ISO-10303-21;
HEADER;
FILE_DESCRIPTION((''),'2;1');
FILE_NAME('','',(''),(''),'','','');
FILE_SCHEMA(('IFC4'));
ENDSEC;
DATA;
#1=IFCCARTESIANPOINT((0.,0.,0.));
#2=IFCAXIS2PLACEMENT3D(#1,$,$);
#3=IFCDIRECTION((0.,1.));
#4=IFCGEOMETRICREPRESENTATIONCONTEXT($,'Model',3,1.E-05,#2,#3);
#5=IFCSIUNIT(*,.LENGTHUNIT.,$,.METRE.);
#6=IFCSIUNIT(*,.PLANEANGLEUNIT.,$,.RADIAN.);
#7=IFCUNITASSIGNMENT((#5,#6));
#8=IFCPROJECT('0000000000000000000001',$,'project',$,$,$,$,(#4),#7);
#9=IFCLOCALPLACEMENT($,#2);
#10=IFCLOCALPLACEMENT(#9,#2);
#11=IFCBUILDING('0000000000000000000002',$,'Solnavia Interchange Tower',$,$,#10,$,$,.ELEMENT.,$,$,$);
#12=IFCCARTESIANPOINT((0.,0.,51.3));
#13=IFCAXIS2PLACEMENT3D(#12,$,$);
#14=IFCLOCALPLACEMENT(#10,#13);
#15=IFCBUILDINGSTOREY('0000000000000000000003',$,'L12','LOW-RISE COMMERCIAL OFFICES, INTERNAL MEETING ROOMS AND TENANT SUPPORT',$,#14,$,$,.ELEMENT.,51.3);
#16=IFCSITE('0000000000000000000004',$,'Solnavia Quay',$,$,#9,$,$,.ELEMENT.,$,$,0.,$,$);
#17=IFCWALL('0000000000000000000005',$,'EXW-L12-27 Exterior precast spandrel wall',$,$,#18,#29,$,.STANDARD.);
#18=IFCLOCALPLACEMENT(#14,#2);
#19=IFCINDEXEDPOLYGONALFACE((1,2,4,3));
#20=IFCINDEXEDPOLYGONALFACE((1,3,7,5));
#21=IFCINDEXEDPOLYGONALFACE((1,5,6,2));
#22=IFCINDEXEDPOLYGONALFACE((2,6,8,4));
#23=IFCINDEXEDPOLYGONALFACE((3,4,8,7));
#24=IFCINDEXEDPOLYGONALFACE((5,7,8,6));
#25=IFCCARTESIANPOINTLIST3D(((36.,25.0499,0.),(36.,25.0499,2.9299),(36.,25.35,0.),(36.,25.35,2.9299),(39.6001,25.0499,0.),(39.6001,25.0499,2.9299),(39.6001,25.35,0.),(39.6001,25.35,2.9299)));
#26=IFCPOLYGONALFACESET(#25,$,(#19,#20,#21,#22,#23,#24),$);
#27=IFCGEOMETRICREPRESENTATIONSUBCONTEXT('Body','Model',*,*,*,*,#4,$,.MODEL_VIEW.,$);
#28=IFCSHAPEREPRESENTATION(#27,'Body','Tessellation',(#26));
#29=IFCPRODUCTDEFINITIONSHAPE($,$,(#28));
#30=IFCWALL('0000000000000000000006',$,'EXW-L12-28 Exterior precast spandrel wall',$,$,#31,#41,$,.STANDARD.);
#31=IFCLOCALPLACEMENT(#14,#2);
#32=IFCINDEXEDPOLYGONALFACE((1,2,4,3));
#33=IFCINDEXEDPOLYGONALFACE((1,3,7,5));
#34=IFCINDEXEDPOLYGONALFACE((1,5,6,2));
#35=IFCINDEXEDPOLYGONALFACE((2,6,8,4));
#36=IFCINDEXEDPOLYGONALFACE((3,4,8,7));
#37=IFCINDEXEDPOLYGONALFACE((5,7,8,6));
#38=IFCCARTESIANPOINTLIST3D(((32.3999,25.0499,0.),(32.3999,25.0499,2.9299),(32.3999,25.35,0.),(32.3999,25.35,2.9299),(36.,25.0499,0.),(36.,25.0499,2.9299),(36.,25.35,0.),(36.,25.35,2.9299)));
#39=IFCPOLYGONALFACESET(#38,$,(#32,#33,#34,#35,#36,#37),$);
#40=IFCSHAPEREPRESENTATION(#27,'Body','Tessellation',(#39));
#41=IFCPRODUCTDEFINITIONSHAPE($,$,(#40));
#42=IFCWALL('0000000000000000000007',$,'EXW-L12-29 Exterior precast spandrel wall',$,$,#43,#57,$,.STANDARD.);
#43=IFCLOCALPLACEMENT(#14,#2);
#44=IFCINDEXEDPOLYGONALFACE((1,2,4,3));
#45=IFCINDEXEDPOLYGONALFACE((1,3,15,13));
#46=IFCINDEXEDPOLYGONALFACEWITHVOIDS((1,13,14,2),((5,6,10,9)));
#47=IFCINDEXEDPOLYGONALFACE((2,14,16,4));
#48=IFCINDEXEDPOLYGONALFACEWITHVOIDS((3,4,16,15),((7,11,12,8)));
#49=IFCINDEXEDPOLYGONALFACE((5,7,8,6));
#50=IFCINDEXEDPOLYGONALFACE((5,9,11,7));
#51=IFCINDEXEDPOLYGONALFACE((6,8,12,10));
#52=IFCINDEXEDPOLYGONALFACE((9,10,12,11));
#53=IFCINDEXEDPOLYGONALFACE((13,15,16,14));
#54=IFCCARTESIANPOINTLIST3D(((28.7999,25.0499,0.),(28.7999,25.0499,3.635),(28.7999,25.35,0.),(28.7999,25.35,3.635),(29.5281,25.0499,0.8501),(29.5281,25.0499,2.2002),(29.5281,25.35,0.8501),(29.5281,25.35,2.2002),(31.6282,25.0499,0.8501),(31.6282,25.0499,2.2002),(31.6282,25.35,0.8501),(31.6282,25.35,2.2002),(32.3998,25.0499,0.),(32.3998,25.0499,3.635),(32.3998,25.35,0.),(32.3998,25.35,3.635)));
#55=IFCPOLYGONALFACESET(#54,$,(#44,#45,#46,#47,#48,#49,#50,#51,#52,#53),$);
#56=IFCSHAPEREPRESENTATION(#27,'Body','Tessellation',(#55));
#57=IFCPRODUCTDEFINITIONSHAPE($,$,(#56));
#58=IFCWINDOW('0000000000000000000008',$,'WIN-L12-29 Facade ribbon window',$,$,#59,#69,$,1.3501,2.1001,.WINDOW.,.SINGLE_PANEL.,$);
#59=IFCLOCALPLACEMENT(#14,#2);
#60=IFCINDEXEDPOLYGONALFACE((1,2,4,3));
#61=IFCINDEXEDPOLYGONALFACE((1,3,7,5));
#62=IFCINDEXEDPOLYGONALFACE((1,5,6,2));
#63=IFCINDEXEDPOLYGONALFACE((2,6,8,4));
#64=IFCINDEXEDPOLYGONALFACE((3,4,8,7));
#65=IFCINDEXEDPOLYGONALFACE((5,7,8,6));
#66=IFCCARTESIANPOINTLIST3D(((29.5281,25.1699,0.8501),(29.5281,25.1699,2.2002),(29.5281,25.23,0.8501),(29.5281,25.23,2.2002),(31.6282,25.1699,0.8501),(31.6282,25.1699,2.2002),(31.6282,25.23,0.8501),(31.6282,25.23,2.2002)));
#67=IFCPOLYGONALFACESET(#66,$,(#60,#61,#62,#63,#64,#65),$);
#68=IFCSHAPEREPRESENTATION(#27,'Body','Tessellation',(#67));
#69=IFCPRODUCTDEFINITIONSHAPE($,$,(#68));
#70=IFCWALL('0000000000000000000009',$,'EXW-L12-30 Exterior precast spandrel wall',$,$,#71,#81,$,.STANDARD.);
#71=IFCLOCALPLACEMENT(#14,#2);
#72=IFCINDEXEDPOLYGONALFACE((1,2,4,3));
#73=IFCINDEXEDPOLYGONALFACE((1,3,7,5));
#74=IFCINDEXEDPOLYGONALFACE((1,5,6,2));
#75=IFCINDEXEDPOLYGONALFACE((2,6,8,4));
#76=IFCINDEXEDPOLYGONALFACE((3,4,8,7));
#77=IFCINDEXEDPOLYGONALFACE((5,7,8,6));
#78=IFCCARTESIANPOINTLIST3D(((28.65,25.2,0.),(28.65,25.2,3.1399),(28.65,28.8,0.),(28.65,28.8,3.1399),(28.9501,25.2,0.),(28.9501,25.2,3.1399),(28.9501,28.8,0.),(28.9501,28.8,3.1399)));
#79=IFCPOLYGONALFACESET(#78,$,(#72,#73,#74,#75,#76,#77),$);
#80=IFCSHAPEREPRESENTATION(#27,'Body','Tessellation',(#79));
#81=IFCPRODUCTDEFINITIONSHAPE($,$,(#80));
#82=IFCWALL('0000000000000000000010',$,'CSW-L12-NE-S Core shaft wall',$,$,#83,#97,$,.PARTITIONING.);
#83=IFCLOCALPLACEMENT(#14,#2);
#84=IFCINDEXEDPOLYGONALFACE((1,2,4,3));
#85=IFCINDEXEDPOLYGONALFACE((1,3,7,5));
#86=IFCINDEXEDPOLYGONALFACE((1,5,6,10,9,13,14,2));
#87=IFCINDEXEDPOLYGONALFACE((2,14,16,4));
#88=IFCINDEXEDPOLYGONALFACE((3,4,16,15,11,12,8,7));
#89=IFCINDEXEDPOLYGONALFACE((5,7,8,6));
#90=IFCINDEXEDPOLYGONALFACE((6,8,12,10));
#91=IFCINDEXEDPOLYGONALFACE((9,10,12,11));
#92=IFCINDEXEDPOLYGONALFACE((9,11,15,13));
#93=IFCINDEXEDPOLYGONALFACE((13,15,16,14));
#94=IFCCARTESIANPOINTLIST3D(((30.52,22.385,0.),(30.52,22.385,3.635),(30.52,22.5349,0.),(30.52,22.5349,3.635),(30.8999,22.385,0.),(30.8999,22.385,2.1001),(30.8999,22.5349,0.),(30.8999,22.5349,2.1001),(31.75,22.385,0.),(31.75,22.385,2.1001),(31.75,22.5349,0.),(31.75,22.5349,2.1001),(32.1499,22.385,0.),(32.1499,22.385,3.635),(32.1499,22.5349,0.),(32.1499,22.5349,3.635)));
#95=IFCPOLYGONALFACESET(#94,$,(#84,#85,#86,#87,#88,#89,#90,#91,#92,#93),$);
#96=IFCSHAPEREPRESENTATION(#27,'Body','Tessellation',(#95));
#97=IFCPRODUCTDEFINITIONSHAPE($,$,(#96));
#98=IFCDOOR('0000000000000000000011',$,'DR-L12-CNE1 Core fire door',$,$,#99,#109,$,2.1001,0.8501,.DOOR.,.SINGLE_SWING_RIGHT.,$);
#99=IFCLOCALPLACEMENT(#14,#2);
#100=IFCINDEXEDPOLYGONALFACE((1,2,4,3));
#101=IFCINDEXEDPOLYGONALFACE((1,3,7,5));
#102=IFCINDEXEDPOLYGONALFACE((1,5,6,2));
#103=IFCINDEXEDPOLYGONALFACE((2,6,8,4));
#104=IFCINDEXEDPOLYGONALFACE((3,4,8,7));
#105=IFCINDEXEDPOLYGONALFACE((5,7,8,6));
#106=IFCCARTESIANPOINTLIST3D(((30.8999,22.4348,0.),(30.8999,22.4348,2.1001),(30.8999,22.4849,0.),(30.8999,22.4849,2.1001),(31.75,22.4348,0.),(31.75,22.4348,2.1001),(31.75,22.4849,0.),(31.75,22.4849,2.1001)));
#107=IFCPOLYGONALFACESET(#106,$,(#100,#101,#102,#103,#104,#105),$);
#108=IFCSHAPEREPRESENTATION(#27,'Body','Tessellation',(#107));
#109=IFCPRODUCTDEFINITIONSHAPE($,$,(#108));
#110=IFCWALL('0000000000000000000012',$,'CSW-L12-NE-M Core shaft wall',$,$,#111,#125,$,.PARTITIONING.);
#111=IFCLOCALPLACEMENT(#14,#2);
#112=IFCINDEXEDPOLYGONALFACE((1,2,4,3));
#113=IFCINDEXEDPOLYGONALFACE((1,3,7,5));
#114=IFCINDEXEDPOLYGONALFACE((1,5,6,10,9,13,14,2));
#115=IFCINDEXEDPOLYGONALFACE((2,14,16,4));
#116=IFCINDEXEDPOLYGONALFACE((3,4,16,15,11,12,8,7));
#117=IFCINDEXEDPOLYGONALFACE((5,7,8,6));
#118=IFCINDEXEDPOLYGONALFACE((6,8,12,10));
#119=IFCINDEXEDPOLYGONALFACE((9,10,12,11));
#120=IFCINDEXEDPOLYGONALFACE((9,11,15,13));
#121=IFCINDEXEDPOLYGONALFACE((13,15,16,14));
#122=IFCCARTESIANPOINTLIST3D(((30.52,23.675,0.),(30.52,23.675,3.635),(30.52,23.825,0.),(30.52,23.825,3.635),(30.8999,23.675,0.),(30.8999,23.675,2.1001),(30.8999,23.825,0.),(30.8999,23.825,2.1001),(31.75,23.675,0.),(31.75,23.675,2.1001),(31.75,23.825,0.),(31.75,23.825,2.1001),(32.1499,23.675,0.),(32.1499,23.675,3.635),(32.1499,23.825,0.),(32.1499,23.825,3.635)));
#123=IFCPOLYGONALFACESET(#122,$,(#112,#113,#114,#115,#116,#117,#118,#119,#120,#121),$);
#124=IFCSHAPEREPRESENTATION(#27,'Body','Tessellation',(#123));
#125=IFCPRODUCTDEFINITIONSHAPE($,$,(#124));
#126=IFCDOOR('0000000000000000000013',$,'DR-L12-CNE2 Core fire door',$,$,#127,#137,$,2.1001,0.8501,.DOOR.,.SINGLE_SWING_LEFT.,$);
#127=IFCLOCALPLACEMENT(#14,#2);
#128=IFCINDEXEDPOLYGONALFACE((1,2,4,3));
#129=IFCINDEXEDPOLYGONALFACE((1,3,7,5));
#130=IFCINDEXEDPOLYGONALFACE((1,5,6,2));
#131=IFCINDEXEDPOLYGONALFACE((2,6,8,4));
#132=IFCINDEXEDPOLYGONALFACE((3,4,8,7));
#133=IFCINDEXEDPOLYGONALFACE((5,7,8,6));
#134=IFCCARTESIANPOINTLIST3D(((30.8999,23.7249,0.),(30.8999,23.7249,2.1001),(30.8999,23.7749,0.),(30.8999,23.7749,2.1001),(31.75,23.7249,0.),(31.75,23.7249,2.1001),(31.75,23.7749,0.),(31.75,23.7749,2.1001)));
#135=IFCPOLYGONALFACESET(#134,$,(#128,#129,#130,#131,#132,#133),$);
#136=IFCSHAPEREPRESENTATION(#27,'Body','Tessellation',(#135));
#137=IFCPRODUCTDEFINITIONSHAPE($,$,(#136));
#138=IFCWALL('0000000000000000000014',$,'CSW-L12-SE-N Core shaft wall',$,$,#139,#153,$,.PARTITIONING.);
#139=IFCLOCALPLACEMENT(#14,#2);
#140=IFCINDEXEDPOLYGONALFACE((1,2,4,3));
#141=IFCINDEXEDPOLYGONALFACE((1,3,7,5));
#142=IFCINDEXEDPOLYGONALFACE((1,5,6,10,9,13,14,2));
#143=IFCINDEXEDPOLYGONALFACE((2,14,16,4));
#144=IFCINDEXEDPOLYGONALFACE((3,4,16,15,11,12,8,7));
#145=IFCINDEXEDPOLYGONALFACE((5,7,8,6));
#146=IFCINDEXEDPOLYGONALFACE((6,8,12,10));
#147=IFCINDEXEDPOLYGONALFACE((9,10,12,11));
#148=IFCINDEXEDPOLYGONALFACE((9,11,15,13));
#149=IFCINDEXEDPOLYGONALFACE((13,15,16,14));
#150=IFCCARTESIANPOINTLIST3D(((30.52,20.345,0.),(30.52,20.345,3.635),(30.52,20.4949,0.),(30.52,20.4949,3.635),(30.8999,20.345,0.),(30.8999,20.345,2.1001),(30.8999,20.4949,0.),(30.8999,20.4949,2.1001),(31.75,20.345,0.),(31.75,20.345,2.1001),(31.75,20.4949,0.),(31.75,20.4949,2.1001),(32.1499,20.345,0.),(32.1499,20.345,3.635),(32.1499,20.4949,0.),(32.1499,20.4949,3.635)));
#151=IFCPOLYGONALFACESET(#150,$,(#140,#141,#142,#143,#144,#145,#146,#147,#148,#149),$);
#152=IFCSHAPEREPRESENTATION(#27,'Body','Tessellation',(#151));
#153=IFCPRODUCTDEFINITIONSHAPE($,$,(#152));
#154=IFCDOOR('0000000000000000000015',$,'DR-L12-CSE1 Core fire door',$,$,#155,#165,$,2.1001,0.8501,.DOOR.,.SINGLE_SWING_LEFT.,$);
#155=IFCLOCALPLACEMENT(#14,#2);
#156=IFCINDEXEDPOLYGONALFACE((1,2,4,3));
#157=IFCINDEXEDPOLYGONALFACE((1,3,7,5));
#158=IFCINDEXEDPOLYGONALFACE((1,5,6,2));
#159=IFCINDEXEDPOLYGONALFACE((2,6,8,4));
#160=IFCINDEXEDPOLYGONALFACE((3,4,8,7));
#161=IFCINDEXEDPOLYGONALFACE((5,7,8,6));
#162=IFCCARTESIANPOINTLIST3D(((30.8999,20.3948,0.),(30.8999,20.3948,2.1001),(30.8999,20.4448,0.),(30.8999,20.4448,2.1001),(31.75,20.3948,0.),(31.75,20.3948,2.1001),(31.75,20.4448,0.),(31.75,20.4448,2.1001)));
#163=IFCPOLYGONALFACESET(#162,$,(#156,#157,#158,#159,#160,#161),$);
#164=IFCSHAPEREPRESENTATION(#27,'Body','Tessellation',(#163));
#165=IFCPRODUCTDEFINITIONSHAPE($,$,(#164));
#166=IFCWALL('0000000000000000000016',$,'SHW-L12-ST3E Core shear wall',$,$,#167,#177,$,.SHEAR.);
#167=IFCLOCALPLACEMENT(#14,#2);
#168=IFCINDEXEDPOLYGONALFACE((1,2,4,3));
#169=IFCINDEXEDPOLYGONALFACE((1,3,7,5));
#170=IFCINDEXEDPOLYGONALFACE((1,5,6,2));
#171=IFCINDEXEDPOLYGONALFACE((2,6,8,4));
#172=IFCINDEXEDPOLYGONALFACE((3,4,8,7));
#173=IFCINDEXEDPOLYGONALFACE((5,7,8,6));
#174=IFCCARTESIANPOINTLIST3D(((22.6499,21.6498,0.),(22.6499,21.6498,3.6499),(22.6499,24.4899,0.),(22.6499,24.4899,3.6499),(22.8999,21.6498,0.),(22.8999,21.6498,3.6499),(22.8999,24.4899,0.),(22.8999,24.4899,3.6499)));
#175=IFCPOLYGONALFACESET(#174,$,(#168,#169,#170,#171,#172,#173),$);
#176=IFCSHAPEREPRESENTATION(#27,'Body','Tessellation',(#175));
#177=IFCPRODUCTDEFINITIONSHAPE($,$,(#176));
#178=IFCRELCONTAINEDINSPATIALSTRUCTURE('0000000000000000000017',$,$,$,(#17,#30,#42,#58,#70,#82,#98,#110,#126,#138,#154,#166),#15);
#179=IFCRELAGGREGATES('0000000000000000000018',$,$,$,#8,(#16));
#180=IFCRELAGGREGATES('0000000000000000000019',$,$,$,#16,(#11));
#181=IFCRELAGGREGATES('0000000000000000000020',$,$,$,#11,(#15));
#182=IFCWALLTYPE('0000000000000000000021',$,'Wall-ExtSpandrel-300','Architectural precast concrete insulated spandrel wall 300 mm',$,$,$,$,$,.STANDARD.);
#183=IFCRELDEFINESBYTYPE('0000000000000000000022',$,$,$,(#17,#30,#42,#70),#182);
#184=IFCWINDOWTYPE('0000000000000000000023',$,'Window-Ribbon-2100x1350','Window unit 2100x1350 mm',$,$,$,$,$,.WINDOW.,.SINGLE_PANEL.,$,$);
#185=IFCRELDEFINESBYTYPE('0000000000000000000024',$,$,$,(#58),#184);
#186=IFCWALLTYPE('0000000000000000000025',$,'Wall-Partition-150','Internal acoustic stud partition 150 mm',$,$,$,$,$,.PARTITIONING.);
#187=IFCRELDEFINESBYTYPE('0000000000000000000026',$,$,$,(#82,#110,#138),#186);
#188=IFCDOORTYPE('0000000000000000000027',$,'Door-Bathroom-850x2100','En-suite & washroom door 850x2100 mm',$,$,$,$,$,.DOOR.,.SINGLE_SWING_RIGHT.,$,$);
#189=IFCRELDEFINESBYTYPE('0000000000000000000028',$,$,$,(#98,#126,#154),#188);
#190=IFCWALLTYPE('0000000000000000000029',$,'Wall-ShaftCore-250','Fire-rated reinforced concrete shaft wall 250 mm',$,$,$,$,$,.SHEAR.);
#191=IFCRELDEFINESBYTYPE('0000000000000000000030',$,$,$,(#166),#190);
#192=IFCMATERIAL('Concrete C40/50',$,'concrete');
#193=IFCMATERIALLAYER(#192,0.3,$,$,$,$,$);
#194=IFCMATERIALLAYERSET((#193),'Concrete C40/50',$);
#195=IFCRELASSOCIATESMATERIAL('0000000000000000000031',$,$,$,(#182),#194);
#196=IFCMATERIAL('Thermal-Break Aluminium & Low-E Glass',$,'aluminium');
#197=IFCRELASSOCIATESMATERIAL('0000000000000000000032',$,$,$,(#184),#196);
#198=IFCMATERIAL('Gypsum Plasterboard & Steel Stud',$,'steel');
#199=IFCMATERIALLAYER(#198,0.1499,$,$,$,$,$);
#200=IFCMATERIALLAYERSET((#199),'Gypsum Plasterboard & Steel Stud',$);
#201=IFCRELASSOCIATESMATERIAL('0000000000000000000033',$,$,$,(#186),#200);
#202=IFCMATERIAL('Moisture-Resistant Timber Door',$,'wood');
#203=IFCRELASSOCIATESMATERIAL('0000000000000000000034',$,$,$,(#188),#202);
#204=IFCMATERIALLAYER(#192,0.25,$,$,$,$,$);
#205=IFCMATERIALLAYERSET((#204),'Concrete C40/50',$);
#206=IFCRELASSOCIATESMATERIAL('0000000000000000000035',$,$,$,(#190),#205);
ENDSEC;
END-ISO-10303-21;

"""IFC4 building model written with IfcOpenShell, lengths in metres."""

from ifc_helpers import new_model, si_unit, direction, frame, frame_2d, origin, place, context, subcontext, project, spatial, rectangle, extrude, material, layer, layer_set, type_object, element, fill, save


model = new_model("IFC4")

# Units and contexts
model_context = context("Model", 3, precision=1e-05, world=origin(), true_north=direction((0.0, 1.0)))
body_context = subcontext(model_context, "Body", "Model", "MODEL_VIEW")
ifc_project = project(units=[si_unit("LENGTHUNIT", "METRE"), si_unit("PLANEANGLEUNIT", "RADIAN")], contexts=[model_context])

# Site, building, storey
site_placement = place(None, origin())
site = spatial("IfcSite", under=ifc_project, at=site_placement, Name="Solnavia Quay", CompositionType="ELEMENT", RefElevation=0.0)
building_placement = place(site_placement, origin())
building = spatial("IfcBuilding", under=site, at=building_placement, Name="Solnavia Interchange Tower", CompositionType="ELEMENT")
storey_placement = place(building_placement, frame((0.0, 0.0, 51.3)))
storey = spatial("IfcBuildingStorey", under=building, at=storey_placement, Name="L12", Description="LOW-RISE COMMERCIAL OFFICES, INTERNAL MEETING ROOMS AND TENANT SUPPORT", CompositionType="ELEMENT", Elevation=51.3)

# Walls
ifc_material_1 = material(Name="Concrete C40/50", Category="concrete")
ifc_layer_1 = layer(ifc_material_1, 0.3)
ifc_layer_set_1 = layer_set([ifc_layer_1], Name="Concrete C40/50")
wall_type_1 = type_object("IfcWallType", Name="Wall-ExtSpandrel-300", Description="Architectural precast concrete insulated spandrel wall 300 mm", PredefinedType="STANDARD", material=ifc_layer_set_1)
for number, where, z_axis, x_axis, name in (
    (1, (36.0, 25.2, 0.0), (0.0, 0.0, 1.0), (1.0, 0.0, 0.0), "EXW-L12-27 Exterior precast spandrel wall"),
    (2, (32.3999, 25.2, 0.0), (0.0, 0.0, 1.0), (1.0, 0.0, 0.0), "EXW-L12-28 Exterior precast spandrel wall"),
):
    element("IfcWall", number, at=place(storey_placement, frame(where, z_axis=z_axis, x_axis=x_axis)), inside=storey, type_object=wall_type_1, Name=name, PredefinedType="STANDARD", context=body_context, shape_type="SweptSolid", body=[
        extrude(rectangle(XDim=3.6001, YDim=0.3, at=frame_2d((1.8, 0.0))), origin(), (0.0, 0.0, 1.0), 2.9299),
    ])

# Wall, opening, window
wall_1_placement = place(storey_placement, frame((28.8, 25.2, 0.0), z_axis=(0.0, 0.0, 1.0), x_axis=(1.0, 0.0, 0.0)))
wall_1 = element("IfcWall", 3, at=wall_1_placement, inside=storey, type_object=wall_type_1, Name="EXW-L12-29 Exterior precast spandrel wall", PredefinedType="STANDARD", context=body_context, shape_type="SweptSolid", body=[
    extrude(rectangle(XDim=3.5999, YDim=0.3, at=frame_2d((1.7998, 0.0))), origin(), (0.0, 0.0, 1.0), 3.635),
])
opening_1_placement = place(wall_1_placement, frame((0.728, 0.0, 0.8501)))
opening_1 = element("IfcOpeningElement", 4, at=opening_1_placement, cuts=wall_1, PredefinedType="OPENING", context=body_context, shape_type="SweptSolid", body=[
    extrude(rectangle(XDim=2.1001, YDim=1.3501, at=frame_2d((1.05, 0.675))), frame((0.0, 0.1602, 0.0), z_axis=(0.0, -1.0, 0.0), x_axis=(1.0, 0.0, 0.0)), (0.0, 0.0, 1.0), 0.3201),
])
ifc_material_2 = material(Name="Thermal-Break Aluminium & Low-E Glass", Category="aluminium")
window_type = type_object("IfcWindowType", Name="Window-Ribbon-2100x1350", Description="Window unit 2100x1350 mm", PartitioningType="SINGLE_PANEL", PredefinedType="WINDOW", material=ifc_material_2)
window_placement = place(opening_1_placement, origin())
window = element("IfcWindow", 5, at=window_placement, inside=storey, type_object=window_type, Name="WIN-L12-29 Facade ribbon window", OverallHeight=1.3501, OverallWidth=2.1001, PartitioningType="SINGLE_PANEL", PredefinedType="WINDOW", context=body_context, shape_type="SweptSolid", body=[
    extrude(rectangle(XDim=2.1001, YDim=1.3501, at=frame_2d((1.05, 0.675))), frame((0.0, 0.03, 0.0), z_axis=(0.0, -1.0, 0.0), x_axis=(1.0, 0.0, 0.0)), (0.0, 0.0, 1.0), 0.0601),
])
fill(opening_1, window)

# Wall
wall_2_placement = place(storey_placement, frame((28.8, 25.2, 0.0), z_axis=(0.0, 0.0, 1.0), x_axis=(0.0, 1.0, 0.0)))
element("IfcWall", 6, at=wall_2_placement, inside=storey, type_object=wall_type_1, Name="EXW-L12-30 Exterior precast spandrel wall", PredefinedType="STANDARD", context=body_context, shape_type="SweptSolid", body=[
    extrude(rectangle(XDim=3.6001, YDim=0.3, at=frame_2d((1.8, 0.0))), origin(), (0.0, 0.0, 1.0), 3.1399),
])

# Walls, openings, doors
ifc_material_3 = material(Name="Gypsum Plasterboard & Steel Stud", Category="steel")
ifc_layer_2 = layer(ifc_material_3, 0.1499)
ifc_layer_set_2 = layer_set([ifc_layer_2], Name="Gypsum Plasterboard & Steel Stud")
wall_type_2 = type_object("IfcWallType", Name="Wall-Partition-150", Description="Internal acoustic stud partition 150 mm", PredefinedType="PARTITIONING", material=ifc_layer_set_2)
wall_3_placement = place(storey_placement, frame((30.52, 22.46, 0.0), z_axis=(0.0, 0.0, 1.0), x_axis=(1.0, 0.0, 0.0)))
wall_3 = element("IfcWall", 7, at=wall_3_placement, inside=storey, type_object=wall_type_2, Name="CSW-L12-NE-S Core shaft wall", PredefinedType="PARTITIONING", context=body_context, shape_type="SweptSolid", body=[
    extrude(rectangle(XDim=1.6299, YDim=0.1499, at=frame_2d((0.8149, 0.0))), origin(), (0.0, 0.0, 1.0), 3.635),
])
opening_2_placement = place(wall_3_placement, frame((0.3799, 0.0, 0.0)))
opening_2 = element("IfcOpeningElement", 8, at=opening_2_placement, cuts=wall_3, PredefinedType="OPENING", context=body_context, shape_type="SweptSolid", body=[
    extrude(rectangle(XDim=0.8501, YDim=2.1001, at=frame_2d((0.425, 1.05))), frame((0.0, 0.085, 0.0), z_axis=(0.0, -1.0, 0.0), x_axis=(1.0, 0.0, 0.0)), (0.0, 0.0, 1.0), 0.1699),
])
ifc_material_4 = material(Name="Moisture-Resistant Timber Door", Category="wood")
door_type = type_object("IfcDoorType", Name="Door-Bathroom-850x2100", Description="En-suite & washroom door 850x2100 mm", OperationType="SINGLE_SWING_RIGHT", PredefinedType="DOOR", material=ifc_material_4)
door_1_placement = place(opening_2_placement, origin())
door_1 = element("IfcDoor", 9, at=door_1_placement, inside=storey, type_object=door_type, Name="DR-L12-CNE1 Core fire door", OperationType="SINGLE_SWING_RIGHT", OverallHeight=2.1001, OverallWidth=0.8501, PredefinedType="DOOR", context=body_context, shape_type="SweptSolid", body=[
    extrude(rectangle(XDim=0.8501, YDim=2.1001, at=frame_2d((0.425, 1.05))), frame((0.0, 0.0249, 0.0), z_axis=(0.0, -1.0, 0.0), x_axis=(1.0, 0.0, 0.0)), (0.0, 0.0, 1.0), 0.05),
])
fill(opening_2, door_1)
wall_4_placement = place(storey_placement, frame((30.52, 23.75, 0.0), z_axis=(0.0, 0.0, 1.0), x_axis=(1.0, 0.0, 0.0)))
wall_4 = element("IfcWall", 10, at=wall_4_placement, inside=storey, type_object=wall_type_2, Name="CSW-L12-NE-M Core shaft wall", PredefinedType="PARTITIONING", context=body_context, shape_type="SweptSolid", body=[
    extrude(rectangle(XDim=1.6299, YDim=0.1499, at=frame_2d((0.8149, 0.0))), origin(), (0.0, 0.0, 1.0), 3.635),
])
opening_3_placement = place(wall_4_placement, frame((0.3799, 0.0, 0.0)))
opening_3 = element("IfcOpeningElement", 11, at=opening_3_placement, cuts=wall_4, PredefinedType="OPENING", context=body_context, shape_type="SweptSolid", body=[
    extrude(rectangle(XDim=0.8501, YDim=2.1001, at=frame_2d((0.425, 1.05))), frame((0.0, 0.085, 0.0), z_axis=(0.0, -1.0, 0.0), x_axis=(1.0, 0.0, 0.0)), (0.0, 0.0, 1.0), 0.1699),
])
door_2_placement = place(opening_3_placement, origin())
door_2 = element("IfcDoor", 12, at=door_2_placement, inside=storey, type_object=door_type, Name="DR-L12-CNE2 Core fire door", OperationType="SINGLE_SWING_LEFT", OverallHeight=2.1001, OverallWidth=0.8501, PredefinedType="DOOR", context=body_context, shape_type="SweptSolid", body=[
    extrude(rectangle(XDim=0.8501, YDim=2.1001, at=frame_2d((0.425, 1.05))), frame((0.0, 0.0249, 0.0), z_axis=(0.0, -1.0, 0.0), x_axis=(1.0, 0.0, 0.0)), (0.0, 0.0, 1.0), 0.05),
])
fill(opening_3, door_2)
wall_5_placement = place(storey_placement, frame((30.52, 20.4199, 0.0), z_axis=(0.0, 0.0, 1.0), x_axis=(1.0, 0.0, 0.0)))
wall_5 = element("IfcWall", 13, at=wall_5_placement, inside=storey, type_object=wall_type_2, Name="CSW-L12-SE-N Core shaft wall", PredefinedType="PARTITIONING", context=body_context, shape_type="SweptSolid", body=[
    extrude(rectangle(XDim=1.6299, YDim=0.1499, at=frame_2d((0.8149, 0.0))), origin(), (0.0, 0.0, 1.0), 3.635),
])
opening_4_placement = place(wall_5_placement, frame((0.3799, 0.0, 0.0)))
opening_4 = element("IfcOpeningElement", 14, at=opening_4_placement, cuts=wall_5, PredefinedType="OPENING", context=body_context, shape_type="SweptSolid", body=[
    extrude(rectangle(XDim=0.8501, YDim=2.1001, at=frame_2d((0.425, 1.05))), frame((0.0, 0.085, 0.0), z_axis=(0.0, -1.0, 0.0), x_axis=(1.0, 0.0, 0.0)), (0.0, 0.0, 1.0), 0.1699),
])
door_3_placement = place(opening_4_placement, origin())
door_3 = element("IfcDoor", 15, at=door_3_placement, inside=storey, type_object=door_type, Name="DR-L12-CSE1 Core fire door", OperationType="SINGLE_SWING_LEFT", OverallHeight=2.1001, OverallWidth=0.8501, PredefinedType="DOOR", context=body_context, shape_type="SweptSolid", body=[
    extrude(rectangle(XDim=0.8501, YDim=2.1001, at=frame_2d((0.425, 1.05))), frame((0.0, 0.0249, 0.0), z_axis=(0.0, -1.0, 0.0), x_axis=(1.0, 0.0, 0.0)), (0.0, 0.0, 1.0), 0.05),
])
fill(opening_4, door_3)

# Wall
ifc_layer_3 = layer(ifc_material_1, 0.25)
ifc_layer_set_3 = layer_set([ifc_layer_3], Name="Concrete C40/50")
wall_type_3 = type_object("IfcWallType", Name="Wall-ShaftCore-250", Description="Fire-rated reinforced concrete shaft wall 250 mm", PredefinedType="SHEAR", material=ifc_layer_set_3)
wall_6_placement = place(storey_placement, frame((22.7749, 21.6499, 0.0), z_axis=(0.0, 0.0, 1.0), x_axis=(0.0, 1.0, 0.0)))
element("IfcWall", 16, at=wall_6_placement, inside=storey, type_object=wall_type_3, Name="SHW-L12-ST3E Core shear wall", PredefinedType="SHEAR", context=body_context, shape_type="SweptSolid", body=[
    extrude(rectangle(XDim=2.8401, YDim=0.25, at=frame_2d((1.4199, 0.0))), origin(), (0.0, 0.0, 1.0), 3.6499),
])

save(model, "model.ifc")
